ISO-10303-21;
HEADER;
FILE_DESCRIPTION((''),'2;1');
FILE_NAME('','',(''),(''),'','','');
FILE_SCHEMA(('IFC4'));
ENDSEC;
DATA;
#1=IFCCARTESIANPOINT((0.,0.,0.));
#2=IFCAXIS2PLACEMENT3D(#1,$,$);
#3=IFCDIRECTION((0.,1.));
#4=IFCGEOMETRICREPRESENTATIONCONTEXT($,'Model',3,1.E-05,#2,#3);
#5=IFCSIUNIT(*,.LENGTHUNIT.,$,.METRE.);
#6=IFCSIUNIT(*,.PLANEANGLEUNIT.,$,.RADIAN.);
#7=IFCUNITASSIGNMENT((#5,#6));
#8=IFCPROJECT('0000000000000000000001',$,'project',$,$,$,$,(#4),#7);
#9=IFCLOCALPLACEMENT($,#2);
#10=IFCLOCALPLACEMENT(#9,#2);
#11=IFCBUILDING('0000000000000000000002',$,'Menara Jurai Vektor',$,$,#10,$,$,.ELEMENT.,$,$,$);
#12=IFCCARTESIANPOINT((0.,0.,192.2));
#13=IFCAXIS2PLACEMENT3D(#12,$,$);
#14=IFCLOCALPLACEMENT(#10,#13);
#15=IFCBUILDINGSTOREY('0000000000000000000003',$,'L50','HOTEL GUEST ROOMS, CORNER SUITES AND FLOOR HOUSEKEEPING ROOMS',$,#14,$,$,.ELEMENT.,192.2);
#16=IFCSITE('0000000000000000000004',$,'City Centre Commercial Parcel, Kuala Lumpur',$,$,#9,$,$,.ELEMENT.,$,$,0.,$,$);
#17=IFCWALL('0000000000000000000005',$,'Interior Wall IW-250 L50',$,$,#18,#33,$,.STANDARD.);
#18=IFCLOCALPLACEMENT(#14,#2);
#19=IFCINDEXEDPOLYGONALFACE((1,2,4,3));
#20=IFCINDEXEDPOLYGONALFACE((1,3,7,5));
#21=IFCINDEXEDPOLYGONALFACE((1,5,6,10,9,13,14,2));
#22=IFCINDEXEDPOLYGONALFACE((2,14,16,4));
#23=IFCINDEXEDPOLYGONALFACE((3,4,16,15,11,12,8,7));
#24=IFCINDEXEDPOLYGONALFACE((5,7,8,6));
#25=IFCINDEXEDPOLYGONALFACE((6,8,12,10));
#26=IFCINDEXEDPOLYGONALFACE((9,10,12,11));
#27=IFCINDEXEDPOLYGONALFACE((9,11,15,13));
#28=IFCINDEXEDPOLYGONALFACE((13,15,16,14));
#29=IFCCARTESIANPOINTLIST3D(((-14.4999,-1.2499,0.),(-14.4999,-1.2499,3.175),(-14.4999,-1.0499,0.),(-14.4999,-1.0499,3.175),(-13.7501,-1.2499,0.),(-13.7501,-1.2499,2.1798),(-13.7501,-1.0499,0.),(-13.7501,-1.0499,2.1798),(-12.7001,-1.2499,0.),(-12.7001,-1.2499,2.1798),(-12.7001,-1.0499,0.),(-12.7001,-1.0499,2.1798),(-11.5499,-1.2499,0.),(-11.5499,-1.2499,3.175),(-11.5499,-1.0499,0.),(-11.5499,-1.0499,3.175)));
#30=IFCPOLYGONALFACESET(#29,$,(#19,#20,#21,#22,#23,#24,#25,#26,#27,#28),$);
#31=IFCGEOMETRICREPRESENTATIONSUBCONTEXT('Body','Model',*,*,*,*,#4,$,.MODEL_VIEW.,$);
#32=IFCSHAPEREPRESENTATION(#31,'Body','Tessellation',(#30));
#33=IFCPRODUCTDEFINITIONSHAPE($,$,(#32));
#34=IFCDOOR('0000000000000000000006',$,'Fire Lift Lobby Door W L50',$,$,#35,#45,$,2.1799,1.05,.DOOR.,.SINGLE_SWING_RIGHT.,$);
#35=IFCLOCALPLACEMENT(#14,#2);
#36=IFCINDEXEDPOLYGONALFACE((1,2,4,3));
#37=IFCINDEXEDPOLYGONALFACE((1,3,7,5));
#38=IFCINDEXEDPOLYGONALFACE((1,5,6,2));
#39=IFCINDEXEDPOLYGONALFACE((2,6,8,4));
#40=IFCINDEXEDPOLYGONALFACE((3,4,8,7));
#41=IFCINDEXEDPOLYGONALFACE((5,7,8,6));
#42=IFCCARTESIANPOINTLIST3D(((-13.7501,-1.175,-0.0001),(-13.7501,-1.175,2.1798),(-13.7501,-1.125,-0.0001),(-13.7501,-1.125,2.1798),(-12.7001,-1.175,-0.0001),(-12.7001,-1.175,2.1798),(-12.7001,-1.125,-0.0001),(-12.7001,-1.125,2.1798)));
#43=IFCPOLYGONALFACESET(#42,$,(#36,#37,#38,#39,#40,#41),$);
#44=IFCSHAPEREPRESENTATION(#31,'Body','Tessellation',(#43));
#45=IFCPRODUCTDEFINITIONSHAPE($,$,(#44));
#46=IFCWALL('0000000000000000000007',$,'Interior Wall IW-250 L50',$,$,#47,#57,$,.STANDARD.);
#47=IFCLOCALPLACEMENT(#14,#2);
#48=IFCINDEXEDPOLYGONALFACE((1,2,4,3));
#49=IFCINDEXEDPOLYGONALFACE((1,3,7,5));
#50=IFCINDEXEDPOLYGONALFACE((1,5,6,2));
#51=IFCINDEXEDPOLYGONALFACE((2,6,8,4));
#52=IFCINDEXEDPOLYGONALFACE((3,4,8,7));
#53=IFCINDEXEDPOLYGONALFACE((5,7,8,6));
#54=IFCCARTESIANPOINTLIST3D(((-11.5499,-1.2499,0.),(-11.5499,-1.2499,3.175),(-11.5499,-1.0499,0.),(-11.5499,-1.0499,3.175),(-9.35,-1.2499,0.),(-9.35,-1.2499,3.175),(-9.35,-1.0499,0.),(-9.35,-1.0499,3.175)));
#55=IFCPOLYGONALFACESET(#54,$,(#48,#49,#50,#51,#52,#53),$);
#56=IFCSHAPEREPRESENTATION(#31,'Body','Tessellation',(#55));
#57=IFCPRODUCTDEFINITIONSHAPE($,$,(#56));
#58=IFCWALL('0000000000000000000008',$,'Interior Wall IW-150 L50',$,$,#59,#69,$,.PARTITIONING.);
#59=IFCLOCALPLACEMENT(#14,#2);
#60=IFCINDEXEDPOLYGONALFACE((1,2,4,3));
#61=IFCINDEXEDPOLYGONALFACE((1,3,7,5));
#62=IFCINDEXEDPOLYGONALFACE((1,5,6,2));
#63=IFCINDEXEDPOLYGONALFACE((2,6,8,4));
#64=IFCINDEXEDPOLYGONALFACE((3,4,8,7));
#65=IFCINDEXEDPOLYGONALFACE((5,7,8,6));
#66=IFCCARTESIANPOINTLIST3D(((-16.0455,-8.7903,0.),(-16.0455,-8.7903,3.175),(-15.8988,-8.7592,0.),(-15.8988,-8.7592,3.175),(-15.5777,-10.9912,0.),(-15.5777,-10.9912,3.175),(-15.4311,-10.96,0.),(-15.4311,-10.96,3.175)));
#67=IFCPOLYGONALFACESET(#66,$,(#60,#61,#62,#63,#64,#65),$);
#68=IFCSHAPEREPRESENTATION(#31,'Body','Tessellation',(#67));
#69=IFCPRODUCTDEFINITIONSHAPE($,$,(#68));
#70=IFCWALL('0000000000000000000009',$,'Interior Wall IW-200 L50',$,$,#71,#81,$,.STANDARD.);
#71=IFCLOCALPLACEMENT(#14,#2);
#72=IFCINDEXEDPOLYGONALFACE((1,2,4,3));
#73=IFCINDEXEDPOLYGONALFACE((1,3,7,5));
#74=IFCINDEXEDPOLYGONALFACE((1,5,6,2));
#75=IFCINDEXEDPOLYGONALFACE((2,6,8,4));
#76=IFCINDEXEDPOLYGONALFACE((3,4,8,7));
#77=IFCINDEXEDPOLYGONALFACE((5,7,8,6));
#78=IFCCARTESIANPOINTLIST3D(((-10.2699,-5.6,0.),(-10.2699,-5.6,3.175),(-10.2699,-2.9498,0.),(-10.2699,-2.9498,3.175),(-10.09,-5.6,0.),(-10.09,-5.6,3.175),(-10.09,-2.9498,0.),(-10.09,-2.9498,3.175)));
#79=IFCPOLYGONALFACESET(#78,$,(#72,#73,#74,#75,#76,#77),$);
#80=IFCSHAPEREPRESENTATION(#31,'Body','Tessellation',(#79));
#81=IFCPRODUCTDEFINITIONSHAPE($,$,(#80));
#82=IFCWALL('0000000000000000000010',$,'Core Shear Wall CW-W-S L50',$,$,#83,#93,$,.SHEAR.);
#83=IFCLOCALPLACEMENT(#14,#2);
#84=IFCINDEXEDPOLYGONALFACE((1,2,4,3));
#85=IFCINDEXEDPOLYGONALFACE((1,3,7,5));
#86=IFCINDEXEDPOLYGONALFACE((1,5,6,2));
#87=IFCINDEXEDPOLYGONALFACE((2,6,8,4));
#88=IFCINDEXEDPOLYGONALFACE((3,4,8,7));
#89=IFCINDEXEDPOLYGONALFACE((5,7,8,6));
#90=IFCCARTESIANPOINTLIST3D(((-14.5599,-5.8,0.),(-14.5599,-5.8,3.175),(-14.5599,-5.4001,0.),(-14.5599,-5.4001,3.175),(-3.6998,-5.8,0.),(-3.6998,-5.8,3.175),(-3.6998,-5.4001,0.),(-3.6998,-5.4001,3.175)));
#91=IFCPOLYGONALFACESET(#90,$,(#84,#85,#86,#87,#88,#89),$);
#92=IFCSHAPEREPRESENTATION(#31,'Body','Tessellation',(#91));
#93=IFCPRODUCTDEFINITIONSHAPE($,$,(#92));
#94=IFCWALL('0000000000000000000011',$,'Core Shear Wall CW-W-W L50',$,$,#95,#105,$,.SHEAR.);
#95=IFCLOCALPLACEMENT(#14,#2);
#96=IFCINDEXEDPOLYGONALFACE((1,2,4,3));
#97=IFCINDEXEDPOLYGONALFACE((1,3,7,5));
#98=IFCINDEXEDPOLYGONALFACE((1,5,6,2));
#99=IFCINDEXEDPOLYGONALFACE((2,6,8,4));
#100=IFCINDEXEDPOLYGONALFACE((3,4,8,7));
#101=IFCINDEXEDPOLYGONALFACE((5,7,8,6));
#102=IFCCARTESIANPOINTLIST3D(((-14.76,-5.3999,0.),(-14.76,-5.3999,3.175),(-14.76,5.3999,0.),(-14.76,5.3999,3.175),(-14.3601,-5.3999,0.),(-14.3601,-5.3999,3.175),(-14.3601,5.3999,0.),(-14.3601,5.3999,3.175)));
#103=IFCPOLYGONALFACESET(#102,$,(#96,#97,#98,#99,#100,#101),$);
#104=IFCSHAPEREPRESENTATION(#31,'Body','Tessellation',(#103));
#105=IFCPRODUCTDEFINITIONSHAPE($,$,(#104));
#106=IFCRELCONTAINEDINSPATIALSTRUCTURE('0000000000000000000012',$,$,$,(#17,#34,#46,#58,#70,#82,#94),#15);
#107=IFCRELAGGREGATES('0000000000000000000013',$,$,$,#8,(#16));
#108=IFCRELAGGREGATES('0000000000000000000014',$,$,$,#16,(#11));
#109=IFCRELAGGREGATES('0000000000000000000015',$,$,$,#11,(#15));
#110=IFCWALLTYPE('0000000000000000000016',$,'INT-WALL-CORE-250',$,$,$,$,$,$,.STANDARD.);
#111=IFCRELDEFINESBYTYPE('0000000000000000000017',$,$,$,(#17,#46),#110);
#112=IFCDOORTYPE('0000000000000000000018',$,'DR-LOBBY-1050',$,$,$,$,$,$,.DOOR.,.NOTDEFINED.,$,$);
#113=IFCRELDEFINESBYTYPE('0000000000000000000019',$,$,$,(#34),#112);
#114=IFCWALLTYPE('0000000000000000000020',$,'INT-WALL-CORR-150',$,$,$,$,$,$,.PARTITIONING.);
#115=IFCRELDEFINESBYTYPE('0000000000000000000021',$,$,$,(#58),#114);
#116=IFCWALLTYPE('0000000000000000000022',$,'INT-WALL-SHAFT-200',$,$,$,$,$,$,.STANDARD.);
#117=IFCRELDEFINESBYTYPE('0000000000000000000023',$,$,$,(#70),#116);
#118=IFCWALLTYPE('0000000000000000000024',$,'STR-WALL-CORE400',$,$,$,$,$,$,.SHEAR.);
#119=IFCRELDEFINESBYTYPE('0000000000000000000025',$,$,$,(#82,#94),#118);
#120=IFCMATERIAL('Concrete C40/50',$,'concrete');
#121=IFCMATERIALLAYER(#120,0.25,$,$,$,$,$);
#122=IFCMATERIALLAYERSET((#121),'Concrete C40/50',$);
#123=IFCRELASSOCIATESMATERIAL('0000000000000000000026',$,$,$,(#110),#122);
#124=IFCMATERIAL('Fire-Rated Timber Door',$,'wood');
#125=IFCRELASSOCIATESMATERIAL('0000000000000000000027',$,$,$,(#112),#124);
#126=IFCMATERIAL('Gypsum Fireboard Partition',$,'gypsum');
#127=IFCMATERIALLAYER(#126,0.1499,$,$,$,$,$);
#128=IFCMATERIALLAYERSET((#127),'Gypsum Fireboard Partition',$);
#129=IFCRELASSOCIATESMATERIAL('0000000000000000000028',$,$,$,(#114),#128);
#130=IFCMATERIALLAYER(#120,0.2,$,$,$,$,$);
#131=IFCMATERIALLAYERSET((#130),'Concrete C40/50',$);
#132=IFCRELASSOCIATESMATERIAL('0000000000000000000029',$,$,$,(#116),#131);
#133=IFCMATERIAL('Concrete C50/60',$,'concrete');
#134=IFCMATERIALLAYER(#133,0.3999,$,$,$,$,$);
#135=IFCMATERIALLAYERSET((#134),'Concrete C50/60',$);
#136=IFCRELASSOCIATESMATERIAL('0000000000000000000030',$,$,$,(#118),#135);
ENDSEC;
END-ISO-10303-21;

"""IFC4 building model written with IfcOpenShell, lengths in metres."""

from ifc_helpers import new_model, si_unit, direction, frame, frame_2d, origin, place, context, subcontext, project, spatial, rectangle, extrude, material, layer, layer_set, type_object, element, fill, save


model = new_model("IFC4")

# Units and contexts
model_context = context("Model", 3, precision=1e-05, world=origin(), true_north=direction((0.0, 1.0)))
body_context = subcontext(model_context, "Body", "Model", "MODEL_VIEW")
ifc_project = project(units=[si_unit("LENGTHUNIT", "METRE"), si_unit("PLANEANGLEUNIT", "RADIAN")], contexts=[model_context])

# Site, building, storey
site_placement = place(None, origin())
site = spatial("IfcSite", under=ifc_project, at=site_placement, Name="City Centre Commercial Parcel, Kuala Lumpur", CompositionType="ELEMENT", RefElevation=0.0)
building_placement = place(site_placement, origin())
building = spatial("IfcBuilding", under=site, at=building_placement, Name="Menara Jurai Vektor", CompositionType="ELEMENT")
storey_placement = place(building_placement, frame((0.0, 0.0, 192.2)))
storey = spatial("IfcBuildingStorey", under=building, at=storey_placement, Name="L50", Description="HOTEL GUEST ROOMS, CORNER SUITES AND FLOOR HOUSEKEEPING ROOMS", CompositionType="ELEMENT", Elevation=192.2)

# Shared definitions
ifc_material_1 = material(Name="Concrete C50/60", Category="concrete")

# Wall, opening, door
ifc_material_2 = material(Name="Concrete C40/50", Category="concrete")
ifc_layer_1 = layer(ifc_material_2, 0.25)
ifc_layer_set_1 = layer_set([ifc_layer_1], Name="Concrete C40/50")
wall_type_1 = type_object("IfcWallType", Name="INT-WALL-CORE-250", PredefinedType="STANDARD", material=ifc_layer_set_1)
wall_1_placement = place(storey_placement, frame((-14.5, -1.1499, 0.0), z_axis=(0.0, 0.0, 1.0), x_axis=(1.0, 0.0, 0.0)))
wall_1 = element("IfcWall", 1, at=wall_1_placement, inside=storey, type_object=wall_type_1, Name="Interior Wall IW-250 L50", PredefinedType="STANDARD", context=body_context, shape_type="SweptSolid", body=[
    extrude(rectangle(XDim=2.95, YDim=0.2, at=frame_2d((1.4751, 0.0))), origin(), (0.0, 0.0, 1.0), 3.175),
])
opening_1_placement = place(wall_1_placement, frame((0.75, 0.0, 0.0)))
opening_1 = element("IfcOpeningElement", 2, at=opening_1_placement, cuts=wall_1, PredefinedType="OPENING", context=body_context, shape_type="SweptSolid", body=[
    extrude(rectangle(XDim=1.05, YDim=2.1799, at=frame_2d((0.5249, 1.0898))), frame((0.0, 0.1099, 0.0), z_axis=(0.0, -1.0, 0.0), x_axis=(1.0, 0.0, 0.0)), (0.0, 0.0, 1.0), 0.22),
])
ifc_material_3 = material(Name="Fire-Rated Timber Door", Category="wood")
door_type_1 = type_object("IfcDoorType", Name="DR-LOBBY-1050", OperationType="NOTDEFINED", PredefinedType="DOOR", material=ifc_material_3)
door_1_placement = place(opening_1_placement, origin())
door_1 = element("IfcDoor", 3, at=door_1_placement, inside=storey, type_object=door_type_1, Name="Fire Lift Lobby Door W L50", OperationType="SINGLE_SWING_RIGHT", OverallHeight=2.1799, OverallWidth=1.05, PredefinedType="DOOR", context=body_context, shape_type="SweptSolid", body=[
    extrude(rectangle(XDim=1.05, YDim=2.1799, at=frame_2d((0.5249, 1.0898))), frame((0.0, 0.0249, 0.0), z_axis=(0.0, -1.0, 0.0), x_axis=(1.0, 0.0, 0.0)), (0.0, 0.0, 1.0), 0.05),
])
fill(opening_1, door_1)

# Walls
wall_2_placement = place(storey_placement, frame((-11.55, -1.1499, 0.0), z_axis=(0.0, 0.0, 1.0), x_axis=(1.0, 0.0, 0.0)))
element("IfcWall", 4, at=wall_2_placement, inside=storey, type_object=wall_type_1, Name="Interior Wall IW-250 L50", PredefinedType="STANDARD", context=body_context, shape_type="SweptSolid", body=[
    extrude(rectangle(XDim=2.2, YDim=0.2, at=frame_2d((1.1001, 0.0))), origin(), (0.0, 0.0, 1.0), 3.175),
])
ifc_material_4 = material(Name="Gypsum Fireboard Partition", Category="gypsum")
ifc_layer_2 = layer(ifc_material_4, 0.1499)
ifc_layer_set_2 = layer_set([ifc_layer_2], Name="Gypsum Fireboard Partition")
wall_type_2 = type_object("IfcWallType", Name="INT-WALL-CORR-150", PredefinedType="PARTITIONING", material=ifc_layer_set_2)
wall_3_placement = place(storey_placement, frame((-15.5044, -10.9756, 0.0), z_axis=(0.0, 0.0, 1.0), x_axis=(-0.207891, 0.978152, 0.0)))
element("IfcWall", 5, at=wall_3_placement, inside=storey, type_object=wall_type_2, Name="Interior Wall IW-150 L50", PredefinedType="PARTITIONING", context=body_context, shape_type="SweptSolid", body=[
    extrude(rectangle(XDim=2.25, YDim=0.1499, at=frame_2d((1.125, 0.0))), origin(), (0.0, 0.0, 1.0), 3.175),
])

# Shared definitions
ifc_layer_3 = layer(ifc_material_2, 0.2)
ifc_layer_set_3 = layer_set([ifc_layer_3], Name="Concrete C40/50")
wall_type_3 = type_object("IfcWallType", Name="INT-WALL-SHAFT-200", PredefinedType="STANDARD", material=ifc_layer_set_3)

# Walls
wall_4_placement = place(storey_placement, frame((-10.1799, -5.6001, 0.0), z_axis=(0.0, 0.0, 1.0), x_axis=(0.0, 1.0, 0.0)))
element("IfcWall", 6, at=wall_4_placement, inside=storey, type_object=wall_type_3, Name="Interior Wall IW-200 L50", PredefinedType="STANDARD", context=body_context, shape_type="SweptSolid", body=[
    extrude(rectangle(XDim=2.6501, YDim=0.1799, at=frame_2d((1.3252, 0.0))), origin(), (0.0, 0.0, 1.0), 3.175),
])
ifc_layer_4 = layer(ifc_material_1, 0.3999)
ifc_layer_set_4 = layer_set([ifc_layer_4], Name="Concrete C50/60")
wall_type_4 = type_object("IfcWallType", Name="STR-WALL-CORE400", PredefinedType="SHEAR", material=ifc_layer_set_4)
wall_5_placement = place(storey_placement, frame((-14.5601, -5.6001, 0.0), z_axis=(0.0, 0.0, 1.0), x_axis=(1.0, 0.0, 0.0)))
element("IfcWall", 7, at=wall_5_placement, inside=storey, type_object=wall_type_4, Name="Core Shear Wall CW-W-S L50", PredefinedType="SHEAR", context=body_context, shape_type="SweptSolid", body=[
    extrude(rectangle(XDim=10.8601, YDim=0.3999, at=frame_2d((5.4302, 0.0))), origin(), (0.0, 0.0, 1.0), 3.175),
])
wall_6_placement = place(storey_placement, frame((-14.5601, -5.3999, 0.0), z_axis=(0.0, 0.0, 1.0), x_axis=(0.0, 1.0, 0.0)))
element("IfcWall", 8, at=wall_6_placement, inside=storey, type_object=wall_type_4, Name="Core Shear Wall CW-W-W L50", PredefinedType="SHEAR", context=body_context, shape_type="SweptSolid", body=[
    extrude(rectangle(XDim=10.7998, YDim=0.3999, at=frame_2d((5.3999, 0.0))), origin(), (0.0, 0.0, 1.0), 3.175),
])

save(model, "model.ifc")
